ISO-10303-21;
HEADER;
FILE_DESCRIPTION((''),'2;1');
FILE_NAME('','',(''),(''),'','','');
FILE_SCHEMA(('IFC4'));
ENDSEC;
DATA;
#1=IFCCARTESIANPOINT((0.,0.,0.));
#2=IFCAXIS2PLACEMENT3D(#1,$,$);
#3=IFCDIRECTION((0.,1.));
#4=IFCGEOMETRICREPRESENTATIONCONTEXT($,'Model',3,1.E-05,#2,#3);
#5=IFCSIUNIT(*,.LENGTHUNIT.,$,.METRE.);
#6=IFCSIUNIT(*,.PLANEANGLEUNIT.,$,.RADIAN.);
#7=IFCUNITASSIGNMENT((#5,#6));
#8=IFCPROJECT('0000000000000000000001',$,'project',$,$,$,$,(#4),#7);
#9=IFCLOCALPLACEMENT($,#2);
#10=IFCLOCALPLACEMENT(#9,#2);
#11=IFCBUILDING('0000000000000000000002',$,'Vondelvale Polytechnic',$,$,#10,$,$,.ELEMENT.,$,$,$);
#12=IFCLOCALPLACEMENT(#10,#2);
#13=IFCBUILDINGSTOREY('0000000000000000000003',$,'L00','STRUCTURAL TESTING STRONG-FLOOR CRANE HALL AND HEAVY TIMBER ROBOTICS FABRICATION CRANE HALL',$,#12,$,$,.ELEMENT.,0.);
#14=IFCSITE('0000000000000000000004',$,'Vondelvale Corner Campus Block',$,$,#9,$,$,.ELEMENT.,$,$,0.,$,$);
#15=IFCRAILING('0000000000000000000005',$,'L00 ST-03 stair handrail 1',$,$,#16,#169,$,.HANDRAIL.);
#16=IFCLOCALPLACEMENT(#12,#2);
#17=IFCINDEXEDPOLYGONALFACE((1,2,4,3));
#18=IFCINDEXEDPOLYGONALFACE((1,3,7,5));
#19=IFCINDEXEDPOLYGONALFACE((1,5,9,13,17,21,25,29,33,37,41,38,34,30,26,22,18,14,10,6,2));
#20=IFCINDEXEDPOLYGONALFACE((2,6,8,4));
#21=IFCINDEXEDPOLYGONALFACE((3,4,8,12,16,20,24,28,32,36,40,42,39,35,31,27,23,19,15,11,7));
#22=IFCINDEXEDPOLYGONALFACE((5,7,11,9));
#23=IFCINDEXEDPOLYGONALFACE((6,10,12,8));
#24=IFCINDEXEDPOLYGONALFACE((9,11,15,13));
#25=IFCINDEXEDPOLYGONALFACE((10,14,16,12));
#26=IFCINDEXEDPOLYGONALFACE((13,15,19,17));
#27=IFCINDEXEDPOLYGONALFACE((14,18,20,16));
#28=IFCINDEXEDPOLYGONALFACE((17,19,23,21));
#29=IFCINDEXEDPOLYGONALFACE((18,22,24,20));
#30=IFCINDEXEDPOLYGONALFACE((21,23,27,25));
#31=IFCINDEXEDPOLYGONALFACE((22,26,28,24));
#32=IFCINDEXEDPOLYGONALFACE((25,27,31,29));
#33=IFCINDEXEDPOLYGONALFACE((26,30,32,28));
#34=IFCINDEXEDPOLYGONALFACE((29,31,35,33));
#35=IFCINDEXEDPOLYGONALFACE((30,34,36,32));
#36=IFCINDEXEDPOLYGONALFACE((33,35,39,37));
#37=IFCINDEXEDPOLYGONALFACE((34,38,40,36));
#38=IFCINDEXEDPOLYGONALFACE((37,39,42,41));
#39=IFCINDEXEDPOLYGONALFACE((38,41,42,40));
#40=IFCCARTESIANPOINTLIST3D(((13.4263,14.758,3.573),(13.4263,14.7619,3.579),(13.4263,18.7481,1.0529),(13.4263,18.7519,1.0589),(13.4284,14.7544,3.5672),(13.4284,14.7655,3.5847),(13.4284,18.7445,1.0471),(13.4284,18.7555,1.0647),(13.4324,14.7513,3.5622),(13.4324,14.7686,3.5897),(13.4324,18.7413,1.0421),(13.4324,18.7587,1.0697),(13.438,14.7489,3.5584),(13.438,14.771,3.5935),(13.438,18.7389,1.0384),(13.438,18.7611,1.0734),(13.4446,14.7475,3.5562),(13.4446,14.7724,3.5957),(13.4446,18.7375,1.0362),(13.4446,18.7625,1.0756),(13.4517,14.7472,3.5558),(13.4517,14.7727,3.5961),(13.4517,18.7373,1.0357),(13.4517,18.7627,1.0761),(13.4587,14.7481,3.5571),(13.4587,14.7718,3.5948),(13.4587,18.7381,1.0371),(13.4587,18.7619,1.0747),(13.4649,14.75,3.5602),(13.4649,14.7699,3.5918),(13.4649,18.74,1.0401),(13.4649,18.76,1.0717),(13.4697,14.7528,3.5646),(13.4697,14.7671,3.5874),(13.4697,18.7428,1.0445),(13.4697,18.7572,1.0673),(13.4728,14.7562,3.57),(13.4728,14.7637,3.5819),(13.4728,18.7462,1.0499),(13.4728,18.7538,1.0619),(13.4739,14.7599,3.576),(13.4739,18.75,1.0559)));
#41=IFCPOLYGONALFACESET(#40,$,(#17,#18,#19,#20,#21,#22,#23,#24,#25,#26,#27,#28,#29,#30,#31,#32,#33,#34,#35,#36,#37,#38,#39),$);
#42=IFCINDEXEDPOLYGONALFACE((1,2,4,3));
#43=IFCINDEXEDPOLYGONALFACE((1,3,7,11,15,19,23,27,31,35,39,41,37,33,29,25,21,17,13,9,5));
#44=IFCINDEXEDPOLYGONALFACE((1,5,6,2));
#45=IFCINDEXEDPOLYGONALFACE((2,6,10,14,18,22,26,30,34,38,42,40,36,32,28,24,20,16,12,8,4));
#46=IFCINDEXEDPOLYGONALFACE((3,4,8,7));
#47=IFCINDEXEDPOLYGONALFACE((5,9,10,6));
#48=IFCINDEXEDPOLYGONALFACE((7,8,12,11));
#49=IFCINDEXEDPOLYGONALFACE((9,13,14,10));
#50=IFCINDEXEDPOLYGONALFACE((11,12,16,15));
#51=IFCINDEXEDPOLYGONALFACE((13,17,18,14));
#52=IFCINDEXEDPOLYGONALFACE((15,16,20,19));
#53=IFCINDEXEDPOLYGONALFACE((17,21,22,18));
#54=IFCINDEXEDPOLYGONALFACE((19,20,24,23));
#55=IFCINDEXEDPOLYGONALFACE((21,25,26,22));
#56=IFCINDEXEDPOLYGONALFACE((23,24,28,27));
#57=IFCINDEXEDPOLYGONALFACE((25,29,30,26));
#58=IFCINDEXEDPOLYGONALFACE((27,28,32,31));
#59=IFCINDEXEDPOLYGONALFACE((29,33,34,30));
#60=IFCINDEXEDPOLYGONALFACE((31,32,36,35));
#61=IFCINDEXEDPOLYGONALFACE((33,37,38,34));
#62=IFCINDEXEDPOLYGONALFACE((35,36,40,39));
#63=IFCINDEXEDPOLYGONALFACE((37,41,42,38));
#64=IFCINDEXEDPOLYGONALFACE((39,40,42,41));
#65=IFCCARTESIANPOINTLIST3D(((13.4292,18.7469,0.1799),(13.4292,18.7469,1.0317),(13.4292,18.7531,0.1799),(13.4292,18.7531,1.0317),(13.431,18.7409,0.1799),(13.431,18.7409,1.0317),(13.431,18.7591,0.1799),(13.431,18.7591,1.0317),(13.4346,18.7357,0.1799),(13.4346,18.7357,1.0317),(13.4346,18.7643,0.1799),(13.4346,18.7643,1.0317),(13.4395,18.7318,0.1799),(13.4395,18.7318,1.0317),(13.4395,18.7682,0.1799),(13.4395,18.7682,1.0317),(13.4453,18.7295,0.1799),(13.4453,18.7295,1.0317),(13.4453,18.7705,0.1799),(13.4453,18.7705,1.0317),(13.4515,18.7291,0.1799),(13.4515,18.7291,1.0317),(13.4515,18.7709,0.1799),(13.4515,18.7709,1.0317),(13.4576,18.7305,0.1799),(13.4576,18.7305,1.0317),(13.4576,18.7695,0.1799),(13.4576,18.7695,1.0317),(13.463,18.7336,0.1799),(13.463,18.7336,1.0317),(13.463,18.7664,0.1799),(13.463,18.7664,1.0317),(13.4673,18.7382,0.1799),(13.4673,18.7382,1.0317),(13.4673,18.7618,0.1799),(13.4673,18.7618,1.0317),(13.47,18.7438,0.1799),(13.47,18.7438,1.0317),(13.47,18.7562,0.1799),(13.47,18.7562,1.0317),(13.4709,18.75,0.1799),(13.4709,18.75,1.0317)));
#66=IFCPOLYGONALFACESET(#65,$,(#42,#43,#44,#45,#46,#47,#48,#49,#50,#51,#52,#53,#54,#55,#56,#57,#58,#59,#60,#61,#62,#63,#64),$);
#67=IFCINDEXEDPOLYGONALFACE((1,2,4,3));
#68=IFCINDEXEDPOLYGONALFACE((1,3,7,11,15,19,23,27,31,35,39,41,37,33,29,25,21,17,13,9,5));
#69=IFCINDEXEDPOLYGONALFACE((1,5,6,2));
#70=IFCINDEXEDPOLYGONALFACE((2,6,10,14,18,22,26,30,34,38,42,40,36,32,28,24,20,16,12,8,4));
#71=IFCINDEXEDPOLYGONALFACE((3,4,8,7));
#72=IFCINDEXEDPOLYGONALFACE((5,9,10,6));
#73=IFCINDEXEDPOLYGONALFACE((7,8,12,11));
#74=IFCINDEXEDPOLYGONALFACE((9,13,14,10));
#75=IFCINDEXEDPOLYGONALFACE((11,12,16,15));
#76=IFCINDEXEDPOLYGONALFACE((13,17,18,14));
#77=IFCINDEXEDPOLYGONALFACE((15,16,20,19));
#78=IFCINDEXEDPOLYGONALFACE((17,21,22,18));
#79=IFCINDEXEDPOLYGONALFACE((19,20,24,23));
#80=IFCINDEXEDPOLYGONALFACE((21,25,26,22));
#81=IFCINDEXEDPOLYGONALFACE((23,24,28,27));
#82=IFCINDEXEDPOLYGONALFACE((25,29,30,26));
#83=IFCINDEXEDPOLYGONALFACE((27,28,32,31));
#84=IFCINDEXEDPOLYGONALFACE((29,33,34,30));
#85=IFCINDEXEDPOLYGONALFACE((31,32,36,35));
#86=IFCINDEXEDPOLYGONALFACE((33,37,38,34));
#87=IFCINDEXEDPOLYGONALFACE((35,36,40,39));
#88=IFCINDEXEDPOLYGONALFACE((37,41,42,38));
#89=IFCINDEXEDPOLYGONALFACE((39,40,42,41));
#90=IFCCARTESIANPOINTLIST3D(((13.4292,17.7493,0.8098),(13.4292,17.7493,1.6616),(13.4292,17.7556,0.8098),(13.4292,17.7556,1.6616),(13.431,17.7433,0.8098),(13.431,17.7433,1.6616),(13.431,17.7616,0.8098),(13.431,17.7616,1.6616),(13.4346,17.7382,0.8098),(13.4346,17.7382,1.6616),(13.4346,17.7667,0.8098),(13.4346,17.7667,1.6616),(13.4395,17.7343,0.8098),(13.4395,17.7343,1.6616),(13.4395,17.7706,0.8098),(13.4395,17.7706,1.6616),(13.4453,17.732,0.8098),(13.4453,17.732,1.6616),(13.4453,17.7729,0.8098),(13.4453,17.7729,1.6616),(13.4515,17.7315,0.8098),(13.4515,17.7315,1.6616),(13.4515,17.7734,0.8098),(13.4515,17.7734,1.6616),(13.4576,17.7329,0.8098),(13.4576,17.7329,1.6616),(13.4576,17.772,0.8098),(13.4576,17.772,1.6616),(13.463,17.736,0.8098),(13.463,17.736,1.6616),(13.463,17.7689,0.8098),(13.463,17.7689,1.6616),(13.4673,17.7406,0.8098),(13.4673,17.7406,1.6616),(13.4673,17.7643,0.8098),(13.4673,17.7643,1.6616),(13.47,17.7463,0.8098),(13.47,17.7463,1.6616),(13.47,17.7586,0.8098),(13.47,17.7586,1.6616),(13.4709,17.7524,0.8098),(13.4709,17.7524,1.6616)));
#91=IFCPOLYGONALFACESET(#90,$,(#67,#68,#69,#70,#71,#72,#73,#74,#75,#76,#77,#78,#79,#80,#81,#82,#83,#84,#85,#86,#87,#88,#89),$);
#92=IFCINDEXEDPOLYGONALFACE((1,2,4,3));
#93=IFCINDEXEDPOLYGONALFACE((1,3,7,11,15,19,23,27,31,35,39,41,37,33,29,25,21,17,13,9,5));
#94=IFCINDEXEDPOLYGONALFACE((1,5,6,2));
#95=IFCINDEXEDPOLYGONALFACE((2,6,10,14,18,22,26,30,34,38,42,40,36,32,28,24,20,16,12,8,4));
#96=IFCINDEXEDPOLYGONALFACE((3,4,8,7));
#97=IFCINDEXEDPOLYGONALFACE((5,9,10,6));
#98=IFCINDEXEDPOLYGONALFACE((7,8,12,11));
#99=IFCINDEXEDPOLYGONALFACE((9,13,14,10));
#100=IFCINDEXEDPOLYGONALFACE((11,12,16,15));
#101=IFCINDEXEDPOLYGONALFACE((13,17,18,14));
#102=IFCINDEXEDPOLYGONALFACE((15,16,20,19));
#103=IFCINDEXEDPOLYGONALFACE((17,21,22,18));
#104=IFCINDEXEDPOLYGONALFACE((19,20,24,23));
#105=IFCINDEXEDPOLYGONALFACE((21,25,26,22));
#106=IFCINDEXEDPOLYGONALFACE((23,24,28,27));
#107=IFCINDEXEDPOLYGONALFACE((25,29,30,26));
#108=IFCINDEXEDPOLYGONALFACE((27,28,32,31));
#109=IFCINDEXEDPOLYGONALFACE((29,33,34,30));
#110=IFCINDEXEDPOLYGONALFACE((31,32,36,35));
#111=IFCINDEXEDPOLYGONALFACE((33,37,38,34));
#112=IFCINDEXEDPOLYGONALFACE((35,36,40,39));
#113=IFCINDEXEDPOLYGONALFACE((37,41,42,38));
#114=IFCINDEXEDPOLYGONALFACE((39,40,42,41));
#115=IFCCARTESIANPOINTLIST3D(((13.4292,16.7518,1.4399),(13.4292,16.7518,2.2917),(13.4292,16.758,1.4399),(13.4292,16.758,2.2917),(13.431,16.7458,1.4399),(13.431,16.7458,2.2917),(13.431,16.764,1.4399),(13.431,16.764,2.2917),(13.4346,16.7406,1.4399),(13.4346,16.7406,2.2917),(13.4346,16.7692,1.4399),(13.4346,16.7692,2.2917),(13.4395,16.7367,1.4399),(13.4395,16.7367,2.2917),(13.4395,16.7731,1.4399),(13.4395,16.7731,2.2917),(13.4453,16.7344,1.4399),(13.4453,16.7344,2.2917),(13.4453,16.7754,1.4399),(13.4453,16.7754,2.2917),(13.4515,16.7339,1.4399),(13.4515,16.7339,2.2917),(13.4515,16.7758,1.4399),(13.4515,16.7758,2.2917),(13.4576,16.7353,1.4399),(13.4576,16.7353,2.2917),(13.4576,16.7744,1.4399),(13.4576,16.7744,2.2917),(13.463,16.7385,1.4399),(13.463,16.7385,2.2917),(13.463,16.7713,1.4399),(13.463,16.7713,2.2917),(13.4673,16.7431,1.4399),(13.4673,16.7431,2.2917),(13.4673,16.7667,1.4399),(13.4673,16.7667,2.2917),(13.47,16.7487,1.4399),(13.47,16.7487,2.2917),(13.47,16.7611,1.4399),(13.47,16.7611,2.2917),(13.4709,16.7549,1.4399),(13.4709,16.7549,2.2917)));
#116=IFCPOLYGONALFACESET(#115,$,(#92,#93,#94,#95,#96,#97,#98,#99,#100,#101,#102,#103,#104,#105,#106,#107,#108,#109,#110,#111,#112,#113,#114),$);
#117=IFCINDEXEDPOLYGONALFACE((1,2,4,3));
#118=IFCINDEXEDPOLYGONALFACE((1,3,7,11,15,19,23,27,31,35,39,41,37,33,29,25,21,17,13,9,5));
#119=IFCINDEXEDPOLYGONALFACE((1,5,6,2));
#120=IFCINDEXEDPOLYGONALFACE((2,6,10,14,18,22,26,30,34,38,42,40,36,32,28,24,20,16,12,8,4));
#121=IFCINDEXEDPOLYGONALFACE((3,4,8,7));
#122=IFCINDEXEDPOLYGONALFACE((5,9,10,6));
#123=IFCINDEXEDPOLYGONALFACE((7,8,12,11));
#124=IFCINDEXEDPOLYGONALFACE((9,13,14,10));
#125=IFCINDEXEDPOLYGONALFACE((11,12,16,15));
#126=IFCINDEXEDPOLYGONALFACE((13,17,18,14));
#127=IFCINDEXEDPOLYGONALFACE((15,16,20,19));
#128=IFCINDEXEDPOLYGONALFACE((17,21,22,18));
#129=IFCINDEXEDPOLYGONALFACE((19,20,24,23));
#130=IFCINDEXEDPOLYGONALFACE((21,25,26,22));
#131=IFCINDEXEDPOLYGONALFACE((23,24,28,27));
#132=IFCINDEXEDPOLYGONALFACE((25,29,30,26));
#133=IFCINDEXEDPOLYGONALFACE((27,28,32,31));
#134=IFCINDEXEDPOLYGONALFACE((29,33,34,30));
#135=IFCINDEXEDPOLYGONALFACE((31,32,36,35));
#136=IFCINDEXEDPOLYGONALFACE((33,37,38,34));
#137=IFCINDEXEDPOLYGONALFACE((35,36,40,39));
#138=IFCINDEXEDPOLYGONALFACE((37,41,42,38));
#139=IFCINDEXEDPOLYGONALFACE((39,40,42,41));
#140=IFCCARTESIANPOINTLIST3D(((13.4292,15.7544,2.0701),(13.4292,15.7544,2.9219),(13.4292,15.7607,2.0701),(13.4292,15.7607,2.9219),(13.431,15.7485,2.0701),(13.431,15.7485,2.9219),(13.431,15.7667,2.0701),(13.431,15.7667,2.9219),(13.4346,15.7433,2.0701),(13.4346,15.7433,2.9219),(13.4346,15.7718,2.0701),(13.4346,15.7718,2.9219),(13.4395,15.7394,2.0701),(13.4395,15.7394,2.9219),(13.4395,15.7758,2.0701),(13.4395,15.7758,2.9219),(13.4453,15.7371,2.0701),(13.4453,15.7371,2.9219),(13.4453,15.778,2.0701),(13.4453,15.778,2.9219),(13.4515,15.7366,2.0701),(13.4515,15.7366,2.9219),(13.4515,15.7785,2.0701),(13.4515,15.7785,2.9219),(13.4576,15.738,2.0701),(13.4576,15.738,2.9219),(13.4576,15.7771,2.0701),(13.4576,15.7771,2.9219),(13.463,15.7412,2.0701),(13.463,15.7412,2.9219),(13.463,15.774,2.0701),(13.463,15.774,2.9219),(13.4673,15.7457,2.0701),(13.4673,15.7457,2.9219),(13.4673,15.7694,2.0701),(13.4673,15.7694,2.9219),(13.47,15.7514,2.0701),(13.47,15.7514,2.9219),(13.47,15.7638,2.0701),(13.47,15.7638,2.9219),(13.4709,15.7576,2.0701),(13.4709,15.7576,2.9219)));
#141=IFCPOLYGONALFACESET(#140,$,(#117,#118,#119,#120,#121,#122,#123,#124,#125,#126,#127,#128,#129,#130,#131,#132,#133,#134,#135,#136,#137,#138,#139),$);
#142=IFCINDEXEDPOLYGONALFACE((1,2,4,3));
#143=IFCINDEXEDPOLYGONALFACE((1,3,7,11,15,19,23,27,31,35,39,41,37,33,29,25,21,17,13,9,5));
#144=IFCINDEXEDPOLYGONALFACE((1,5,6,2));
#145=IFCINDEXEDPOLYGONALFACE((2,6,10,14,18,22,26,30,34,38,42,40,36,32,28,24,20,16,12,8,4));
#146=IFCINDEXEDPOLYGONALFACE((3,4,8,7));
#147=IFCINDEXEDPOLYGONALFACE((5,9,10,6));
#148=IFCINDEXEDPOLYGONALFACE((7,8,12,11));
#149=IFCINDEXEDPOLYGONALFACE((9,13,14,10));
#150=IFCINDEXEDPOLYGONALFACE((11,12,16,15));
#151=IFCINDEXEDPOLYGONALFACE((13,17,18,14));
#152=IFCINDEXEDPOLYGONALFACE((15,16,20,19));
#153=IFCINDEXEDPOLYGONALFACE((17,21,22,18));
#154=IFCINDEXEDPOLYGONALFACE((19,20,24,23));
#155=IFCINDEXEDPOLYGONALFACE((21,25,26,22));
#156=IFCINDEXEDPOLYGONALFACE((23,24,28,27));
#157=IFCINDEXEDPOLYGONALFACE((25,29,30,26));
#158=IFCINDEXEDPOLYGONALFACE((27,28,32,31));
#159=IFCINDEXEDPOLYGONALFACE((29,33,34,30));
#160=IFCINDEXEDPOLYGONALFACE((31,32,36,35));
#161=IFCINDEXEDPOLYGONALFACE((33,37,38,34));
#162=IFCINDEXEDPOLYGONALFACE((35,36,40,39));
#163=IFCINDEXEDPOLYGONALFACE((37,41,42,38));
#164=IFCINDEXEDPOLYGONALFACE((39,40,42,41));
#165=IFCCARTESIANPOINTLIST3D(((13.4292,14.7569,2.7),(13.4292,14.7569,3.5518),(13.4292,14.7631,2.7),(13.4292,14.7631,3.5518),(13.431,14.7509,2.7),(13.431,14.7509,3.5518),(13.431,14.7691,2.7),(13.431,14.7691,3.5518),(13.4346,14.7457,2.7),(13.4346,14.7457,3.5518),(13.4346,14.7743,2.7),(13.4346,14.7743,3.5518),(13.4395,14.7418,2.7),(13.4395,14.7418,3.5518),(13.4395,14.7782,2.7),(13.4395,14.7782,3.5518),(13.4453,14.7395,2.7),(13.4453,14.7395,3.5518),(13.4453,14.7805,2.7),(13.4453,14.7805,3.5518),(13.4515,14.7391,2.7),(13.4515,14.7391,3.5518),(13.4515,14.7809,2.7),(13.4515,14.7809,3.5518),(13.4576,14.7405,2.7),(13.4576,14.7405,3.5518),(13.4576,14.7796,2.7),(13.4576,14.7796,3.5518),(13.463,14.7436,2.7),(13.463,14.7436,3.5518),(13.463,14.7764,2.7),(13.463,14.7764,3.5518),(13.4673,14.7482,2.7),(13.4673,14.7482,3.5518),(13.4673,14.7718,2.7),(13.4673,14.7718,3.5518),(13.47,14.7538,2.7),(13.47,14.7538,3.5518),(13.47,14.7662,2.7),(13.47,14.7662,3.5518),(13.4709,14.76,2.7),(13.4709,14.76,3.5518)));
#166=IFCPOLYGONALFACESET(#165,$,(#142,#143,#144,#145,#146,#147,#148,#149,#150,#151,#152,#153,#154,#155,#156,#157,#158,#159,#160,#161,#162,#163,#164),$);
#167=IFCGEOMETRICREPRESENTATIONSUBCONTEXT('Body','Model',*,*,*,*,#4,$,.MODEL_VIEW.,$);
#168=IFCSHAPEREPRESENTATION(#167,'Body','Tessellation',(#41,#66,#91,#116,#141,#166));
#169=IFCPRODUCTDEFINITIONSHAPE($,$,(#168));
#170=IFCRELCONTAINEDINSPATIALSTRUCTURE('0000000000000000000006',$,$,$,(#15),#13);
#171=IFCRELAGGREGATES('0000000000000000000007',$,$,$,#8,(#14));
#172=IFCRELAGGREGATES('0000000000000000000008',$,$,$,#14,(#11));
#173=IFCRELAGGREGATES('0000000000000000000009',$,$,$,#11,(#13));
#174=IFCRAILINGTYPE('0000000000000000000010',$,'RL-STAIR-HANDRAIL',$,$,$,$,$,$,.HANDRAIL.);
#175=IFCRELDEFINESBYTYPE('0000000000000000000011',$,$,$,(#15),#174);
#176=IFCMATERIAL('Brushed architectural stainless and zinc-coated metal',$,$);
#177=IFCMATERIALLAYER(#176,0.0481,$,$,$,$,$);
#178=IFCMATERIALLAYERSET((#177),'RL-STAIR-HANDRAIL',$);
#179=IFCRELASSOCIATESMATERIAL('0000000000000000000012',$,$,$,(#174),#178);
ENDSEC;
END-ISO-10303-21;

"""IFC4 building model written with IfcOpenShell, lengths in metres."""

from ifc_helpers import new_model, si_unit, direction, frame, origin, origin_2d, place, context, subcontext, project, spatial, circle, extrude, material, layer, layer_set, type_object, element, save


model = new_model("IFC4")

# Units and contexts
model_context = context("Model", 3, precision=1e-05, world=origin(), true_north=direction((0.0, 1.0)))
body_context = subcontext(model_context, "Body", "Model", "MODEL_VIEW")
ifc_project = project(units=[si_unit("LENGTHUNIT", "METRE"), si_unit("PLANEANGLEUNIT", "RADIAN")], contexts=[model_context])

# Site, building, storey
site_placement = place(None, origin())
site = spatial("IfcSite", under=ifc_project, at=site_placement, Name="Vondelvale Corner Campus Block", CompositionType="ELEMENT", RefElevation=0.0)
building_placement = place(site_placement, origin())
building = spatial("IfcBuilding", under=site, at=building_placement, Name="Vondelvale Polytechnic", CompositionType="ELEMENT")
storey_placement = place(building_placement, origin())
storey = spatial("IfcBuildingStorey", under=building, at=storey_placement, Name="L00", Description="STRUCTURAL TESTING STRONG-FLOOR CRANE HALL AND HEAVY TIMBER ROBOTICS FABRICATION CRANE HALL", CompositionType="ELEMENT", Elevation=0.0)

# Shared definitions
ifc_material_1 = material(Name="Brushed architectural stainless and zinc-coated metal")

# Railing
ifc_layer_1 = layer(ifc_material_1, 0.0481)
ifc_layer_set_1 = layer_set([ifc_layer_1], Name="RL-STAIR-HANDRAIL")
railing_type_1 = type_object("IfcRailingType", Name="RL-STAIR-HANDRAIL", PredefinedType="HANDRAIL", material=ifc_layer_set_1)
railing_1_placement = place(storey_placement, frame((13.45, 18.75, 0.1799)))
element("IfcRailing", 1, at=railing_1_placement, inside=storey, type_object=railing_type_1, Name="L00 ST-03 stair handrail 1", PredefinedType="HANDRAIL", context=body_context, shape_type="SweptSolid", body=[
    extrude(circle(Radius=0.0239, at=origin_2d()), frame((0.0, 0.0, 0.876), z_axis=(0.0, -0.845486, 0.533997), x_axis=(1.0, 0.0, 0.0)), (0.0, 0.0, 1.0), 4.7192),
    extrude(circle(Radius=0.021, at=origin_2d()), origin(), (0.0, 0.0, 1.0), 0.8518),
    extrude(circle(Radius=0.021, at=origin_2d()), frame((0.0, -0.9976, 0.6299)), (0.0, 0.0, 1.0), 0.8518),
    extrude(circle(Radius=0.021, at=origin_2d()), frame((0.0, -1.9951, 1.26)), (0.0, 0.0, 1.0), 0.8518),
    extrude(circle(Radius=0.021, at=origin_2d()), frame((0.0, -2.9924, 1.8901)), (0.0, 0.0, 1.0), 0.8518),
    extrude(circle(Radius=0.021, at=origin_2d()), frame((0.0, -3.99, 2.52)), (0.0, 0.0, 1.0), 0.8518),
])

save(model, "model.ifc")
